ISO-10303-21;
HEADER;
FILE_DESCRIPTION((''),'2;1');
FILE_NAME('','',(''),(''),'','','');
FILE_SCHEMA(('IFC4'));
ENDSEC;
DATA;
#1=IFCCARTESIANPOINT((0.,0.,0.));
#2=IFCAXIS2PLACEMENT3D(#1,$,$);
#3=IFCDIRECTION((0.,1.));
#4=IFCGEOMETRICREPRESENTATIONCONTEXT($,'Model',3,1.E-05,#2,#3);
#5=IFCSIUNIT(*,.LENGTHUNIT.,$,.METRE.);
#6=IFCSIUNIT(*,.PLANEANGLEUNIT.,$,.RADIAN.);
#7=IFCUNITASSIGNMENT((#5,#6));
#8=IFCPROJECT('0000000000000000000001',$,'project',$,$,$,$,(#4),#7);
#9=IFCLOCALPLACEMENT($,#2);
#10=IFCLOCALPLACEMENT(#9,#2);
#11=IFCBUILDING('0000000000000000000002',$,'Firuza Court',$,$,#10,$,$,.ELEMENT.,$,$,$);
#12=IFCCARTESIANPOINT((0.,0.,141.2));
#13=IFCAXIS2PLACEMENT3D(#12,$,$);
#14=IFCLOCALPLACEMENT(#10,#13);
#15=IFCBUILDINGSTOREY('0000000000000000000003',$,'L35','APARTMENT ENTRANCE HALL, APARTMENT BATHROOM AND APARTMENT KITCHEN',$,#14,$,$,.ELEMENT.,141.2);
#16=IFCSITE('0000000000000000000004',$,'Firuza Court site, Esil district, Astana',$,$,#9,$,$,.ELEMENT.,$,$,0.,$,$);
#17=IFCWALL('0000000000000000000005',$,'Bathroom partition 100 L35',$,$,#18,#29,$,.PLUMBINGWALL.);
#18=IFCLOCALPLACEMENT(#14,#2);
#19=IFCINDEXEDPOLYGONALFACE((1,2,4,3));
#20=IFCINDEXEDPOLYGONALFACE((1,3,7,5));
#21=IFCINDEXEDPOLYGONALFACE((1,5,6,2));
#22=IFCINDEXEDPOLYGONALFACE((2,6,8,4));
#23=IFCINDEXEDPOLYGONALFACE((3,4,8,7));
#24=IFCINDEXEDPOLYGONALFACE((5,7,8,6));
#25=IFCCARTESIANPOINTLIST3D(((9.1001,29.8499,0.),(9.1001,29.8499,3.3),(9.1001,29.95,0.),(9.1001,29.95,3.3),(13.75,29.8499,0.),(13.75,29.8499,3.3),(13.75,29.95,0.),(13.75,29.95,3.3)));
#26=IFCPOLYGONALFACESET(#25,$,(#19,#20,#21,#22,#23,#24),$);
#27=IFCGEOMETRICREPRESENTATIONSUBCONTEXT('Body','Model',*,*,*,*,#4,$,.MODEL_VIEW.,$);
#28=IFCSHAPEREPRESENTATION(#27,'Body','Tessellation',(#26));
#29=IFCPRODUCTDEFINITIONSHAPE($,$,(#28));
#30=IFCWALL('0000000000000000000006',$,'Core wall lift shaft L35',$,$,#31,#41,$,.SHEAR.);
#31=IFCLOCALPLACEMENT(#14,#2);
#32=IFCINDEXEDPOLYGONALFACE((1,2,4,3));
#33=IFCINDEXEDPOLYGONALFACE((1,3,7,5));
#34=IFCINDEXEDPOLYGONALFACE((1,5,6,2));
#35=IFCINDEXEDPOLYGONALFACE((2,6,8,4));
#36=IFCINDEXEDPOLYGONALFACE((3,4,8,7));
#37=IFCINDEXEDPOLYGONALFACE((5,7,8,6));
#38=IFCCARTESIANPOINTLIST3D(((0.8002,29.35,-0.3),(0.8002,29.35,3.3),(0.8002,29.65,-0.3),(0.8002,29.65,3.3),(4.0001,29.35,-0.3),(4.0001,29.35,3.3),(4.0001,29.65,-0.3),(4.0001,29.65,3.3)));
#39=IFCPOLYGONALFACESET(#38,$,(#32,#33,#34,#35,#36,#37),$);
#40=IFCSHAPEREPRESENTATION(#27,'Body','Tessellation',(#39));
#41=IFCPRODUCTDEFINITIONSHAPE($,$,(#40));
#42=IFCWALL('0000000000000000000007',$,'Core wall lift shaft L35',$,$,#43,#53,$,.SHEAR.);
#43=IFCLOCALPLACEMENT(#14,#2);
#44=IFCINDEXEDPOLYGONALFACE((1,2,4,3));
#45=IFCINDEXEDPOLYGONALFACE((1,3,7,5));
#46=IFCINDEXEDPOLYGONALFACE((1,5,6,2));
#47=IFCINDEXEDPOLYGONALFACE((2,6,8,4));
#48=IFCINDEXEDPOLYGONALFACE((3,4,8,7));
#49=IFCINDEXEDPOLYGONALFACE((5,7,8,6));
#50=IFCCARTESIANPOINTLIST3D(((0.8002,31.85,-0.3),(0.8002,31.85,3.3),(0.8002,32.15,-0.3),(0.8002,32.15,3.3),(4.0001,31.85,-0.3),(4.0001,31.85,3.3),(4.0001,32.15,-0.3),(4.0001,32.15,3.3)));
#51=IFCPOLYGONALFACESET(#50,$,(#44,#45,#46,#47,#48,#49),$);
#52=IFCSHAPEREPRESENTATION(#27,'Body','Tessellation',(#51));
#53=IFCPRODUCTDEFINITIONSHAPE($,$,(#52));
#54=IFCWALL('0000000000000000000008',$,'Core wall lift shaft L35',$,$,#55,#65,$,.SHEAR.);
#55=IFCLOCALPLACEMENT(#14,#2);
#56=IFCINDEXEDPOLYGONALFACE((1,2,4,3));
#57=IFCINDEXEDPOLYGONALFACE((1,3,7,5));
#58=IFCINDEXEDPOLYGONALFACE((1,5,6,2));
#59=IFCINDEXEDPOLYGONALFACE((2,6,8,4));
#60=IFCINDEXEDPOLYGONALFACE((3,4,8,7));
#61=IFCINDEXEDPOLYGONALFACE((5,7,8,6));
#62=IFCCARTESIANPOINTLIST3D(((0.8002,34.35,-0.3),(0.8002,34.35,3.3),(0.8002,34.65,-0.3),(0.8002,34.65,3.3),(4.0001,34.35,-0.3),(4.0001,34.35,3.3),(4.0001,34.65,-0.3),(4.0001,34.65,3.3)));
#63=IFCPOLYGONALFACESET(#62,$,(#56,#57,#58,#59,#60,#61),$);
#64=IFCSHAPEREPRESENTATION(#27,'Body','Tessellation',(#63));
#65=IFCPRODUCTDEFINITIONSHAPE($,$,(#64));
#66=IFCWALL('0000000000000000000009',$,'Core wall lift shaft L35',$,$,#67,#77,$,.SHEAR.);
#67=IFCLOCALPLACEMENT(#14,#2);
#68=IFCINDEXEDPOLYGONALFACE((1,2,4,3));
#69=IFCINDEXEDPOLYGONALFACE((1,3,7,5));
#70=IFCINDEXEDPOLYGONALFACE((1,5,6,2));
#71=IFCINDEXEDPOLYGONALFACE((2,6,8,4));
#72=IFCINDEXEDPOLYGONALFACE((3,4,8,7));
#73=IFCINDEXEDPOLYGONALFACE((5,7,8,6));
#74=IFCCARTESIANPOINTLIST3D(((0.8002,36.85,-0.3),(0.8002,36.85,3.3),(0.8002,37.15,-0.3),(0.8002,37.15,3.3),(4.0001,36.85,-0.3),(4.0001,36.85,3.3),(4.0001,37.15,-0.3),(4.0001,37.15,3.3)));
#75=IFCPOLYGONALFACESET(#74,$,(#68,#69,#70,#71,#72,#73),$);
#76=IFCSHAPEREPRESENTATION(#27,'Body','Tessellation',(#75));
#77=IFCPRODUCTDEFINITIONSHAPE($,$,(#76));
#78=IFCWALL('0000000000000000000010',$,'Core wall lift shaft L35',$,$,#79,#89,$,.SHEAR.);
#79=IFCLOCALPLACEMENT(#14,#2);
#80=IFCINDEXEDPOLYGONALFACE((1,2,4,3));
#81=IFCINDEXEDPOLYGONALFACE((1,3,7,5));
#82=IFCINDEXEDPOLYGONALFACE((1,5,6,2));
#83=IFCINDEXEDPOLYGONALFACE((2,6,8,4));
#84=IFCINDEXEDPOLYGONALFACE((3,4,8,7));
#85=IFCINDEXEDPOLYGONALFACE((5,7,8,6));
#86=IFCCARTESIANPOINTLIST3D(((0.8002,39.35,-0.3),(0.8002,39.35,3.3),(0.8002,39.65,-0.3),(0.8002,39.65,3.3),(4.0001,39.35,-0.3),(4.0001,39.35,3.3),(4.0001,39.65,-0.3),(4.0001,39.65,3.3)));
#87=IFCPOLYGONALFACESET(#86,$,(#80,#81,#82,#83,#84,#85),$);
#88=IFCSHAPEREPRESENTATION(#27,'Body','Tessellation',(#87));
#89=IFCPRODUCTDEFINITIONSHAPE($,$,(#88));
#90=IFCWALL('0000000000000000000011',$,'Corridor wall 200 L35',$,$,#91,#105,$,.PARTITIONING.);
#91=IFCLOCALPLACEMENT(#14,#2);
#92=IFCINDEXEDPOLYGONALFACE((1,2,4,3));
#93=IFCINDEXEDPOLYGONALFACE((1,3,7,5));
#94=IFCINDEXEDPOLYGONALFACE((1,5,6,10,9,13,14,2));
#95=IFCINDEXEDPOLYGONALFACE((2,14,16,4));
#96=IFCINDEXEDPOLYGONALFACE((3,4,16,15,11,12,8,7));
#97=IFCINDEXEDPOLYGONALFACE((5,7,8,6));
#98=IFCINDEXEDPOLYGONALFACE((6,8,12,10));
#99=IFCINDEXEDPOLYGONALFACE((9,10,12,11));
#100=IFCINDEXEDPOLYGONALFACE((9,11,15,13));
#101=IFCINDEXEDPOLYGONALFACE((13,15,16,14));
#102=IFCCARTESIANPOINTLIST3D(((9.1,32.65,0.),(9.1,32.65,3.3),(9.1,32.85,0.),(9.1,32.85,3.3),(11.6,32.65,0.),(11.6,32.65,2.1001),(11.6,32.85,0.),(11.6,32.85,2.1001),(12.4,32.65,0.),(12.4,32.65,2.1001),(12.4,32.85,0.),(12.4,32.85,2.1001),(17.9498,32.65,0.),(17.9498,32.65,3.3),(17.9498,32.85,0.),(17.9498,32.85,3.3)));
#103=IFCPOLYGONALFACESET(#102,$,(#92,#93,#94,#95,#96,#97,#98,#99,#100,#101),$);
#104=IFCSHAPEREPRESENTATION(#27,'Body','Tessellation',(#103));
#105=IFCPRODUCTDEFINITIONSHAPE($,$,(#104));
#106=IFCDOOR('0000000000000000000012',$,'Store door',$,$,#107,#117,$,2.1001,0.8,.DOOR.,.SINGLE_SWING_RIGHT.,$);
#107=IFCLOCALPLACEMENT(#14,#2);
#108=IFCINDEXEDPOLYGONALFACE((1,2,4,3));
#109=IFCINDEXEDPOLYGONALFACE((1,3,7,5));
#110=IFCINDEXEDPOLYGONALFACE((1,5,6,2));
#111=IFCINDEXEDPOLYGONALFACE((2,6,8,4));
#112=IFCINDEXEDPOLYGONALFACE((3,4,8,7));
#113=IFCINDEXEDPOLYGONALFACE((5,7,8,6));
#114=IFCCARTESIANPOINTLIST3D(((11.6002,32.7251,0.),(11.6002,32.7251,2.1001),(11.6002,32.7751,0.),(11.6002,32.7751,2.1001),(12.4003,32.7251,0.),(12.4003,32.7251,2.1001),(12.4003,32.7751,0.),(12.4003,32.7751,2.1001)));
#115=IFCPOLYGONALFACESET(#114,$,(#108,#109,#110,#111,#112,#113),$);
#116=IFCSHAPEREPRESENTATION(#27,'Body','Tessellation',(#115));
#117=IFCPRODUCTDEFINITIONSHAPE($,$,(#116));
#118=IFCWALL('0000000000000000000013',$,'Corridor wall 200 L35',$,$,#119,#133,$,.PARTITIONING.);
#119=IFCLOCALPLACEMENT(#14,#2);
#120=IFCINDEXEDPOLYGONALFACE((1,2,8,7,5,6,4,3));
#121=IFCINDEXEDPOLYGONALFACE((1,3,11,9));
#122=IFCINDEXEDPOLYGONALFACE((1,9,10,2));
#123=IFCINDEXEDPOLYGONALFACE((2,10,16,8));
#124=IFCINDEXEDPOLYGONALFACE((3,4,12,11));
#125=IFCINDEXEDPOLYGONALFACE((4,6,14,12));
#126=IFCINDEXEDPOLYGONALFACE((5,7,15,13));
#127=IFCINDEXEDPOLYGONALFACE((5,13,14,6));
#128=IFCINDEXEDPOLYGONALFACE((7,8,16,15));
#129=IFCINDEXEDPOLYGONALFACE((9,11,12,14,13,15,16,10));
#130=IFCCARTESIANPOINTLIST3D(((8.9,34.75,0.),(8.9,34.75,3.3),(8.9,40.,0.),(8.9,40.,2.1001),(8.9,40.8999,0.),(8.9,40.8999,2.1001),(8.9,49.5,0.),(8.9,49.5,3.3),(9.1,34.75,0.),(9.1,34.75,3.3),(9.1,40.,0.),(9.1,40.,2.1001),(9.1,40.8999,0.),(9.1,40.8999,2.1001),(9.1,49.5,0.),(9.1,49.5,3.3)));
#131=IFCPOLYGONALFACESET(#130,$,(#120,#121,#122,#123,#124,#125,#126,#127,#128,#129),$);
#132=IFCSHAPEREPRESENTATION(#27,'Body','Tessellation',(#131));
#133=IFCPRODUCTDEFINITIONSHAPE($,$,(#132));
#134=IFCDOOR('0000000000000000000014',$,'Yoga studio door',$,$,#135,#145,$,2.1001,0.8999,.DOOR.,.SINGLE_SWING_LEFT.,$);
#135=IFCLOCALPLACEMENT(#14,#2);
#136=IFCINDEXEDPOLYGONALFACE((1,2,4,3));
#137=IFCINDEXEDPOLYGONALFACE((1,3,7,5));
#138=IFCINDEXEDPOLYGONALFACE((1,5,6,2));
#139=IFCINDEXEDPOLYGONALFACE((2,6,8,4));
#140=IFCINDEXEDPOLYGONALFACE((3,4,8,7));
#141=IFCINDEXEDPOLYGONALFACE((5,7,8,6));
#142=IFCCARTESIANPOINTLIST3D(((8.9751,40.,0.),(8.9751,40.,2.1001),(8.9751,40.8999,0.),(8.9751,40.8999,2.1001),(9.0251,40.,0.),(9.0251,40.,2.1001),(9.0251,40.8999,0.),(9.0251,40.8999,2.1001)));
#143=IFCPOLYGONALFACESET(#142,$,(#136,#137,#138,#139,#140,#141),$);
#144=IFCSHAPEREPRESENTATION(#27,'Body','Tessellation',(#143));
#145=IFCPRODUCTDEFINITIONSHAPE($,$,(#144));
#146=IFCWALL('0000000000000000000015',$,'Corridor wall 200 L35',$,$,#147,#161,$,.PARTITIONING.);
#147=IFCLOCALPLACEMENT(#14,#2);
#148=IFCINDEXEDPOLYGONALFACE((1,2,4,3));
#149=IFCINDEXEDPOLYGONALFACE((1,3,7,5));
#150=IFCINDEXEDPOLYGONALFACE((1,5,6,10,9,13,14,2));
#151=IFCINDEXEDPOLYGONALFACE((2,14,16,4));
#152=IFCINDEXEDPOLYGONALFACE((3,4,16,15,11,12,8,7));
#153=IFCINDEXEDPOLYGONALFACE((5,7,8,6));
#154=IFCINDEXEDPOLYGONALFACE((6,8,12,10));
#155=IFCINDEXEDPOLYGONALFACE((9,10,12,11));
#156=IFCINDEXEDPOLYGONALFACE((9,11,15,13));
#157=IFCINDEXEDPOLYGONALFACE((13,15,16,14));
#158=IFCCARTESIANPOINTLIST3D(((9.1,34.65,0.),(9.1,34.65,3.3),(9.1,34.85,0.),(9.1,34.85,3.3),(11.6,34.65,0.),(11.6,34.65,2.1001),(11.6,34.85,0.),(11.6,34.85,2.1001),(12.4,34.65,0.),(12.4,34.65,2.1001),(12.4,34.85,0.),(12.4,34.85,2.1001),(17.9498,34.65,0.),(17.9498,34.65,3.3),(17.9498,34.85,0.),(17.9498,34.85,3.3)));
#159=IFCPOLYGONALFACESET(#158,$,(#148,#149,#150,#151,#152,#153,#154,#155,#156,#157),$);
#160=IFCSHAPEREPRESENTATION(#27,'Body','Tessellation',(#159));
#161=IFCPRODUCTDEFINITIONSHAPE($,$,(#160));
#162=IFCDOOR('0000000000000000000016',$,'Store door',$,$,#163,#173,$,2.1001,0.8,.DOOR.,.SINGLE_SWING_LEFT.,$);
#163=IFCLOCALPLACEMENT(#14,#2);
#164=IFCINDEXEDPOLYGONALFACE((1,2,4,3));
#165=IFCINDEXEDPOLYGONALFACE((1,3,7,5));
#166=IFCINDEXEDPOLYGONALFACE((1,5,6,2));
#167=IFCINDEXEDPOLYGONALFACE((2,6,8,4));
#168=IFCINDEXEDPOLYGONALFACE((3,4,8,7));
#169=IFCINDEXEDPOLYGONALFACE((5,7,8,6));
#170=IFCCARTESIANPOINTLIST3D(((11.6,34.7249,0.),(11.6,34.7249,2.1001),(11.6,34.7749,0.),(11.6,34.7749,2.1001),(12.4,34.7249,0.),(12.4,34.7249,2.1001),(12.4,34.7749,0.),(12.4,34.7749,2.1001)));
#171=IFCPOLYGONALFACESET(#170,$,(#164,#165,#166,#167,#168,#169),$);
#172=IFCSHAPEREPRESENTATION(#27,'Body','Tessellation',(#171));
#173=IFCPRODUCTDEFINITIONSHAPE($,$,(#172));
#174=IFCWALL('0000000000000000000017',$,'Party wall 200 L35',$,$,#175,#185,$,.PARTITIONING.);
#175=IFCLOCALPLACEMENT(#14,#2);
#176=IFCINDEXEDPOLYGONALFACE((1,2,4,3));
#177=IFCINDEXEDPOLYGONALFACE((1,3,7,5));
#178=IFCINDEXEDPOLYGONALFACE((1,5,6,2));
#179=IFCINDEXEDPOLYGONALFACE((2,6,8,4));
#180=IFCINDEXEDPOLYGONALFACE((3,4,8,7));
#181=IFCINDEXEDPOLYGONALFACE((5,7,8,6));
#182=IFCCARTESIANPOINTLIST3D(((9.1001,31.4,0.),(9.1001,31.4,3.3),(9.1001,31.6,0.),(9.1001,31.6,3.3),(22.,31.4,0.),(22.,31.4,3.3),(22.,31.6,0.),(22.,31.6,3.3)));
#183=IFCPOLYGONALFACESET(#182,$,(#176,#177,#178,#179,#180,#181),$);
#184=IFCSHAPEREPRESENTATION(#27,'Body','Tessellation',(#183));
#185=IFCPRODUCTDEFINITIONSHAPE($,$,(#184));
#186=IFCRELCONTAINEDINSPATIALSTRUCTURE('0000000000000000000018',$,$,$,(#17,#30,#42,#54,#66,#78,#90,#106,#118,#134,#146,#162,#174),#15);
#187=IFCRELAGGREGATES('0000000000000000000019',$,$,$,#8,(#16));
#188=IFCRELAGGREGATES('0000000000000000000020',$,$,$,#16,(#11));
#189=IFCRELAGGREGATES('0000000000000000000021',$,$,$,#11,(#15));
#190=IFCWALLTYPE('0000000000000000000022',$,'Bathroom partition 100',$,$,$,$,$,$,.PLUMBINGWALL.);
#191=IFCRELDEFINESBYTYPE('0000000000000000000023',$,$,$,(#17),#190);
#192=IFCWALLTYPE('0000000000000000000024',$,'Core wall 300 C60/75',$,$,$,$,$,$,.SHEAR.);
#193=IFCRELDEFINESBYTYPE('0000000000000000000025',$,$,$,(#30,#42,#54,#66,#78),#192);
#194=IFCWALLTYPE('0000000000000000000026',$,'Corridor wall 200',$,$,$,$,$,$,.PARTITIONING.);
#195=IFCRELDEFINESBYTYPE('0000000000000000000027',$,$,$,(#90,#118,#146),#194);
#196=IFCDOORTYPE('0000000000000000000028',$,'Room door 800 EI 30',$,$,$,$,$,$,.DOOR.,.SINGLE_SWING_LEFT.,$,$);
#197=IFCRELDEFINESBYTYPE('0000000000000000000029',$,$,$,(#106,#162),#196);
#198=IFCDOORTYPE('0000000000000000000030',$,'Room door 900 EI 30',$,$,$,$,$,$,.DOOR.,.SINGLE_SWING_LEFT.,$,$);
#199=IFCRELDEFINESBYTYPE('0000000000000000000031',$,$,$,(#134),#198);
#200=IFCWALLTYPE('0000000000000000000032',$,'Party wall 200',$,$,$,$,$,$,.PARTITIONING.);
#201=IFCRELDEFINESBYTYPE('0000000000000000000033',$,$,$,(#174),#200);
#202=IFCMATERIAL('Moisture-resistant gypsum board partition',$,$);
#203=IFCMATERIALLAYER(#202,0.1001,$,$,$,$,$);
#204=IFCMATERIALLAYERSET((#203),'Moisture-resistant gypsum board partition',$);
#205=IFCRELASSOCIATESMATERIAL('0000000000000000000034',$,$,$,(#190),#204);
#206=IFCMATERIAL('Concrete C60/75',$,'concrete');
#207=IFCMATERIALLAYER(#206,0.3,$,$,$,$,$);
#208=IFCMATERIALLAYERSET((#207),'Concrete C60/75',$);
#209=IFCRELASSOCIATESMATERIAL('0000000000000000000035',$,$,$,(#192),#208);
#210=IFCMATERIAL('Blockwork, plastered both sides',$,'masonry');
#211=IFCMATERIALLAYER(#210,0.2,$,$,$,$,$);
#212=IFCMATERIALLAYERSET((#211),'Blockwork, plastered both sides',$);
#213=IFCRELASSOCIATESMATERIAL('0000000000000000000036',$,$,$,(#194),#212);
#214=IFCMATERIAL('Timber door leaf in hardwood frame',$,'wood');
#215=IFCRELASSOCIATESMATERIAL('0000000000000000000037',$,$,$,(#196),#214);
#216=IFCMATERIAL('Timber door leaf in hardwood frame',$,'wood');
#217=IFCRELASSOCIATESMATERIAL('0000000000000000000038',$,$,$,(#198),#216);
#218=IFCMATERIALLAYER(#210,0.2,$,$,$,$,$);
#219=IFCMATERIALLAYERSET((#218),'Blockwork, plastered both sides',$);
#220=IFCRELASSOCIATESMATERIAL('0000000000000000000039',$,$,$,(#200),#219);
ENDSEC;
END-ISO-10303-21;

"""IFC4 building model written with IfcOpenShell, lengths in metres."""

from ifc_helpers import new_model, si_unit, direction, frame, frame_2d, origin, place, context, subcontext, project, spatial, rectangle, extrude, material, layer, layer_set, type_object, element, fill, save


model = new_model("IFC4")

# Units and contexts
model_context = context("Model", 3, precision=1e-05, world=origin(), true_north=direction((0.0, 1.0)))
body_context = subcontext(model_context, "Body", "Model", "MODEL_VIEW")
ifc_project = project(units=[si_unit("LENGTHUNIT", "METRE"), si_unit("PLANEANGLEUNIT", "RADIAN")], contexts=[model_context])

# Site, building, storey
site_placement = place(None, origin())
site = spatial("IfcSite", under=ifc_project, at=site_placement, Name="Firuza Court site, Esil district, Astana", CompositionType="ELEMENT", RefElevation=0.0)
building_placement = place(site_placement, origin())
building = spatial("IfcBuilding", under=site, at=building_placement, Name="Firuza Court", CompositionType="ELEMENT")
storey_placement = place(building_placement, frame((0.0, 0.0, 141.2)))
storey = spatial("IfcBuildingStorey", under=building, at=storey_placement, Name="L35", Description="APARTMENT ENTRANCE HALL, APARTMENT BATHROOM AND APARTMENT KITCHEN", CompositionType="ELEMENT", Elevation=141.2)

# Walls
ifc_material_1 = material(Name="Moisture-resistant gypsum board partition")
ifc_layer_1 = layer(ifc_material_1, 0.1001)
ifc_layer_set_1 = layer_set([ifc_layer_1], Name="Moisture-resistant gypsum board partition")
wall_type_1 = type_object("IfcWallType", Name="Bathroom partition 100", PredefinedType="PLUMBINGWALL", material=ifc_layer_set_1)
wall_1_placement = place(storey_placement, frame((9.1001, 29.8999, 0.0), z_axis=(0.0, 0.0, 1.0), x_axis=(1.0, 0.0, 0.0)))
element("IfcWall", 1, at=wall_1_placement, inside=storey, type_object=wall_type_1, Name="Bathroom partition 100 L35", PredefinedType="PLUMBINGWALL", context=body_context, shape_type="SweptSolid", body=[
    extrude(rectangle(XDim=4.6499, YDim=0.1001, at=frame_2d((2.325, 0.0))), origin(), (0.0, 0.0, 1.0), 3.3),
])
ifc_material_2 = material(Name="Concrete C60/75", Category="concrete")
ifc_layer_2 = layer(ifc_material_2, 0.3)
ifc_layer_set_2 = layer_set([ifc_layer_2], Name="Concrete C60/75")
wall_type_2 = type_object("IfcWallType", Name="Core wall 300 C60/75", PredefinedType="SHEAR", material=ifc_layer_set_2)
for number, where, z_axis, x_axis, name in (
    (2, (0.8, 29.5, -0.3), (0.0, 0.0, 1.0), (1.0, 0.0, 0.0), "Core wall lift shaft L35"),
    (3, (0.8, 32.0, -0.3), (0.0, 0.0, 1.0), (1.0, 0.0, 0.0), "Core wall lift shaft L35"),
    (4, (0.8, 34.5, -0.3), (0.0, 0.0, 1.0), (1.0, 0.0, 0.0), "Core wall lift shaft L35"),
    (5, (0.8, 37.0, -0.3), (0.0, 0.0, 1.0), (1.0, 0.0, 0.0), "Core wall lift shaft L35"),
    (6, (0.8, 39.5, -0.3), (0.0, 0.0, 1.0), (1.0, 0.0, 0.0), "Core wall lift shaft L35"),
):
    element("IfcWall", number, at=place(storey_placement, frame(where, z_axis=z_axis, x_axis=x_axis)), inside=storey, type_object=wall_type_2, Name=name, PredefinedType="SHEAR", context=body_context, shape_type="SweptSolid", body=[
        extrude(rectangle(XDim=3.2, YDim=0.3, at=frame_2d((1.6001, 0.0))), origin(), (0.0, 0.0, 1.0), 3.6001),
    ])

# Walls, openings, doors
ifc_material_3 = material(Name="Blockwork, plastered both sides", Category="masonry")
ifc_layer_3 = layer(ifc_material_3, 0.2)
ifc_layer_set_3 = layer_set([ifc_layer_3], Name="Blockwork, plastered both sides")
wall_type_3 = type_object("IfcWallType", Name="Corridor wall 200", PredefinedType="PARTITIONING", material=ifc_layer_set_3)
wall_2_placement = place(storey_placement, frame((9.1001, 32.75, 0.0), z_axis=(0.0, 0.0, 1.0), x_axis=(1.0, 0.0, 0.0)))
wall_2 = element("IfcWall", 7, at=wall_2_placement, inside=storey, type_object=wall_type_3, Name="Corridor wall 200 L35", PredefinedType="PARTITIONING", context=body_context, shape_type="SweptSolid", body=[
    extrude(rectangle(XDim=8.8499, YDim=0.2, at=frame_2d((4.4248, 0.0))), origin(), (0.0, 0.0, 1.0), 3.3),
])
opening_1_placement = place(wall_2_placement, frame((2.5, 0.0, 0.0)))
opening_1 = element("IfcOpeningElement", 8, at=opening_1_placement, cuts=wall_2, PredefinedType="OPENING", context=body_context, shape_type="SweptSolid", body=[
    extrude(rectangle(XDim=0.8, YDim=2.1001, at=frame_2d((0.3999, 1.05))), frame((0.0, 0.1118, 0.0), z_axis=(0.0, -1.0, 0.0), x_axis=(1.0, 0.0, 0.0)), (0.0, 0.0, 1.0), 0.2239),
])
ifc_material_4 = material(Name="Timber door leaf in hardwood frame", Category="wood")
door_type_1 = type_object("IfcDoorType", Name="Room door 800 EI 30", OperationType="SINGLE_SWING_LEFT", PredefinedType="DOOR", material=ifc_material_4)
door_1_placement = place(opening_1_placement, frame((0.8, 0.0, 0.0), z_axis=(0.0, 0.0, 1.0), x_axis=(-1.0, 0.0, 0.0)))
door_1 = element("IfcDoor", 9, at=door_1_placement, inside=storey, type_object=door_type_1, Name="Store door", OperationType="SINGLE_SWING_RIGHT", OverallHeight=2.1001, OverallWidth=0.8, PredefinedType="DOOR", context=body_context, shape_type="SweptSolid", body=[
    extrude(rectangle(XDim=0.8, YDim=2.1001, at=frame_2d((0.3999, 1.05))), frame((0.0, 0.0249, 0.0), z_axis=(0.0, -1.0, 0.0), x_axis=(1.0, 0.0, 0.0)), (0.0, 0.0, 1.0), 0.05),
])
fill(opening_1, door_1)
wall_3_placement = place(storey_placement, frame((9.0, 34.75, 0.0), z_axis=(0.0, 0.0, 1.0), x_axis=(0.0, 1.0, 0.0)))
wall_3 = element("IfcWall", 10, at=wall_3_placement, inside=storey, type_object=wall_type_3, Name="Corridor wall 200 L35", PredefinedType="PARTITIONING", context=body_context, shape_type="SweptSolid", body=[
    extrude(rectangle(XDim=14.75, YDim=0.2, at=frame_2d((7.375, 0.0))), origin(), (0.0, 0.0, 1.0), 3.3),
])
opening_2_placement = place(wall_3_placement, frame((5.25, 0.0, 0.0)))
opening_2 = element("IfcOpeningElement", 11, at=opening_2_placement, cuts=wall_3, PredefinedType="OPENING", context=body_context, shape_type="SweptSolid", body=[
    extrude(rectangle(XDim=0.8999, YDim=2.1001, at=frame_2d((0.45, 1.05))), frame((0.0, 0.1118, 0.0), z_axis=(0.0, -1.0, 0.0), x_axis=(1.0, 0.0, 0.0)), (0.0, 0.0, 1.0), 0.2239),
])
ifc_material_5 = material(Name="Timber door leaf in hardwood frame", Category="wood")
door_type_2 = type_object("IfcDoorType", Name="Room door 900 EI 30", OperationType="SINGLE_SWING_LEFT", PredefinedType="DOOR", material=ifc_material_5)
door_2_placement = place(opening_2_placement, origin())
door_2 = element("IfcDoor", 12, at=door_2_placement, inside=storey, type_object=door_type_2, Name="Yoga studio door", OperationType="SINGLE_SWING_LEFT", OverallHeight=2.1001, OverallWidth=0.8999, PredefinedType="DOOR", context=body_context, shape_type="SweptSolid", body=[
    extrude(rectangle(XDim=0.8999, YDim=2.1001, at=frame_2d((0.45, 1.05))), frame((0.0, 0.0249, 0.0), z_axis=(0.0, -1.0, 0.0), x_axis=(1.0, 0.0, 0.0)), (0.0, 0.0, 1.0), 0.05),
])
fill(opening_2, door_2)
wall_4_placement = place(storey_placement, frame((9.1001, 34.75, 0.0), z_axis=(0.0, 0.0, 1.0), x_axis=(1.0, 0.0, 0.0)))
wall_4 = element("IfcWall", 13, at=wall_4_placement, inside=storey, type_object=wall_type_3, Name="Corridor wall 200 L35", PredefinedType="PARTITIONING", context=body_context, shape_type="SweptSolid", body=[
    extrude(rectangle(XDim=8.8499, YDim=0.2, at=frame_2d((4.4248, 0.0))), origin(), (0.0, 0.0, 1.0), 3.3),
])
opening_3_placement = place(wall_4_placement, frame((2.5, 0.0, 0.0)))
opening_3 = element("IfcOpeningElement", 14, at=opening_3_placement, cuts=wall_4, PredefinedType="OPENING", context=body_context, shape_type="SweptSolid", body=[
    extrude(rectangle(XDim=0.8, YDim=2.1001, at=frame_2d((0.3999, 1.05))), frame((0.0, 0.1118, 0.0), z_axis=(0.0, -1.0, 0.0), x_axis=(1.0, 0.0, 0.0)), (0.0, 0.0, 1.0), 0.2239),
])
door_3_placement = place(opening_3_placement, origin())
door_3 = element("IfcDoor", 15, at=door_3_placement, inside=storey, type_object=door_type_1, Name="Store door", OperationType="SINGLE_SWING_LEFT", OverallHeight=2.1001, OverallWidth=0.8, PredefinedType="DOOR", context=body_context, shape_type="SweptSolid", body=[
    extrude(rectangle(XDim=0.8, YDim=2.1001, at=frame_2d((0.3999, 1.05))), frame((0.0, 0.0249, 0.0), z_axis=(0.0, -1.0, 0.0), x_axis=(1.0, 0.0, 0.0)), (0.0, 0.0, 1.0), 0.05),
])
fill(opening_3, door_3)

# Wall
ifc_layer_4 = layer(ifc_material_3, 0.2)
ifc_layer_set_4 = layer_set([ifc_layer_4], Name="Blockwork, plastered both sides")
wall_type_4 = type_object("IfcWallType", Name="Party wall 200", PredefinedType="PARTITIONING", material=ifc_layer_set_4)
for number, where, z_axis, x_axis, name in (
    (16, (9.1001, 31.5, 0.0), (0.0, 0.0, 1.0), (1.0, 0.0, 0.0), "Party wall 200 L35"),
):
    element("IfcWall", number, at=place(storey_placement, frame(where, z_axis=z_axis, x_axis=x_axis)), inside=storey, type_object=wall_type_4, Name=name, PredefinedType="PARTITIONING", context=body_context, shape_type="SweptSolid", body=[
        extrude(rectangle(XDim=12.8999, YDim=0.2, at=frame_2d((6.45, 0.0))), origin(), (0.0, 0.0, 1.0), 3.3),
    ])

save(model, "model.ifc")
